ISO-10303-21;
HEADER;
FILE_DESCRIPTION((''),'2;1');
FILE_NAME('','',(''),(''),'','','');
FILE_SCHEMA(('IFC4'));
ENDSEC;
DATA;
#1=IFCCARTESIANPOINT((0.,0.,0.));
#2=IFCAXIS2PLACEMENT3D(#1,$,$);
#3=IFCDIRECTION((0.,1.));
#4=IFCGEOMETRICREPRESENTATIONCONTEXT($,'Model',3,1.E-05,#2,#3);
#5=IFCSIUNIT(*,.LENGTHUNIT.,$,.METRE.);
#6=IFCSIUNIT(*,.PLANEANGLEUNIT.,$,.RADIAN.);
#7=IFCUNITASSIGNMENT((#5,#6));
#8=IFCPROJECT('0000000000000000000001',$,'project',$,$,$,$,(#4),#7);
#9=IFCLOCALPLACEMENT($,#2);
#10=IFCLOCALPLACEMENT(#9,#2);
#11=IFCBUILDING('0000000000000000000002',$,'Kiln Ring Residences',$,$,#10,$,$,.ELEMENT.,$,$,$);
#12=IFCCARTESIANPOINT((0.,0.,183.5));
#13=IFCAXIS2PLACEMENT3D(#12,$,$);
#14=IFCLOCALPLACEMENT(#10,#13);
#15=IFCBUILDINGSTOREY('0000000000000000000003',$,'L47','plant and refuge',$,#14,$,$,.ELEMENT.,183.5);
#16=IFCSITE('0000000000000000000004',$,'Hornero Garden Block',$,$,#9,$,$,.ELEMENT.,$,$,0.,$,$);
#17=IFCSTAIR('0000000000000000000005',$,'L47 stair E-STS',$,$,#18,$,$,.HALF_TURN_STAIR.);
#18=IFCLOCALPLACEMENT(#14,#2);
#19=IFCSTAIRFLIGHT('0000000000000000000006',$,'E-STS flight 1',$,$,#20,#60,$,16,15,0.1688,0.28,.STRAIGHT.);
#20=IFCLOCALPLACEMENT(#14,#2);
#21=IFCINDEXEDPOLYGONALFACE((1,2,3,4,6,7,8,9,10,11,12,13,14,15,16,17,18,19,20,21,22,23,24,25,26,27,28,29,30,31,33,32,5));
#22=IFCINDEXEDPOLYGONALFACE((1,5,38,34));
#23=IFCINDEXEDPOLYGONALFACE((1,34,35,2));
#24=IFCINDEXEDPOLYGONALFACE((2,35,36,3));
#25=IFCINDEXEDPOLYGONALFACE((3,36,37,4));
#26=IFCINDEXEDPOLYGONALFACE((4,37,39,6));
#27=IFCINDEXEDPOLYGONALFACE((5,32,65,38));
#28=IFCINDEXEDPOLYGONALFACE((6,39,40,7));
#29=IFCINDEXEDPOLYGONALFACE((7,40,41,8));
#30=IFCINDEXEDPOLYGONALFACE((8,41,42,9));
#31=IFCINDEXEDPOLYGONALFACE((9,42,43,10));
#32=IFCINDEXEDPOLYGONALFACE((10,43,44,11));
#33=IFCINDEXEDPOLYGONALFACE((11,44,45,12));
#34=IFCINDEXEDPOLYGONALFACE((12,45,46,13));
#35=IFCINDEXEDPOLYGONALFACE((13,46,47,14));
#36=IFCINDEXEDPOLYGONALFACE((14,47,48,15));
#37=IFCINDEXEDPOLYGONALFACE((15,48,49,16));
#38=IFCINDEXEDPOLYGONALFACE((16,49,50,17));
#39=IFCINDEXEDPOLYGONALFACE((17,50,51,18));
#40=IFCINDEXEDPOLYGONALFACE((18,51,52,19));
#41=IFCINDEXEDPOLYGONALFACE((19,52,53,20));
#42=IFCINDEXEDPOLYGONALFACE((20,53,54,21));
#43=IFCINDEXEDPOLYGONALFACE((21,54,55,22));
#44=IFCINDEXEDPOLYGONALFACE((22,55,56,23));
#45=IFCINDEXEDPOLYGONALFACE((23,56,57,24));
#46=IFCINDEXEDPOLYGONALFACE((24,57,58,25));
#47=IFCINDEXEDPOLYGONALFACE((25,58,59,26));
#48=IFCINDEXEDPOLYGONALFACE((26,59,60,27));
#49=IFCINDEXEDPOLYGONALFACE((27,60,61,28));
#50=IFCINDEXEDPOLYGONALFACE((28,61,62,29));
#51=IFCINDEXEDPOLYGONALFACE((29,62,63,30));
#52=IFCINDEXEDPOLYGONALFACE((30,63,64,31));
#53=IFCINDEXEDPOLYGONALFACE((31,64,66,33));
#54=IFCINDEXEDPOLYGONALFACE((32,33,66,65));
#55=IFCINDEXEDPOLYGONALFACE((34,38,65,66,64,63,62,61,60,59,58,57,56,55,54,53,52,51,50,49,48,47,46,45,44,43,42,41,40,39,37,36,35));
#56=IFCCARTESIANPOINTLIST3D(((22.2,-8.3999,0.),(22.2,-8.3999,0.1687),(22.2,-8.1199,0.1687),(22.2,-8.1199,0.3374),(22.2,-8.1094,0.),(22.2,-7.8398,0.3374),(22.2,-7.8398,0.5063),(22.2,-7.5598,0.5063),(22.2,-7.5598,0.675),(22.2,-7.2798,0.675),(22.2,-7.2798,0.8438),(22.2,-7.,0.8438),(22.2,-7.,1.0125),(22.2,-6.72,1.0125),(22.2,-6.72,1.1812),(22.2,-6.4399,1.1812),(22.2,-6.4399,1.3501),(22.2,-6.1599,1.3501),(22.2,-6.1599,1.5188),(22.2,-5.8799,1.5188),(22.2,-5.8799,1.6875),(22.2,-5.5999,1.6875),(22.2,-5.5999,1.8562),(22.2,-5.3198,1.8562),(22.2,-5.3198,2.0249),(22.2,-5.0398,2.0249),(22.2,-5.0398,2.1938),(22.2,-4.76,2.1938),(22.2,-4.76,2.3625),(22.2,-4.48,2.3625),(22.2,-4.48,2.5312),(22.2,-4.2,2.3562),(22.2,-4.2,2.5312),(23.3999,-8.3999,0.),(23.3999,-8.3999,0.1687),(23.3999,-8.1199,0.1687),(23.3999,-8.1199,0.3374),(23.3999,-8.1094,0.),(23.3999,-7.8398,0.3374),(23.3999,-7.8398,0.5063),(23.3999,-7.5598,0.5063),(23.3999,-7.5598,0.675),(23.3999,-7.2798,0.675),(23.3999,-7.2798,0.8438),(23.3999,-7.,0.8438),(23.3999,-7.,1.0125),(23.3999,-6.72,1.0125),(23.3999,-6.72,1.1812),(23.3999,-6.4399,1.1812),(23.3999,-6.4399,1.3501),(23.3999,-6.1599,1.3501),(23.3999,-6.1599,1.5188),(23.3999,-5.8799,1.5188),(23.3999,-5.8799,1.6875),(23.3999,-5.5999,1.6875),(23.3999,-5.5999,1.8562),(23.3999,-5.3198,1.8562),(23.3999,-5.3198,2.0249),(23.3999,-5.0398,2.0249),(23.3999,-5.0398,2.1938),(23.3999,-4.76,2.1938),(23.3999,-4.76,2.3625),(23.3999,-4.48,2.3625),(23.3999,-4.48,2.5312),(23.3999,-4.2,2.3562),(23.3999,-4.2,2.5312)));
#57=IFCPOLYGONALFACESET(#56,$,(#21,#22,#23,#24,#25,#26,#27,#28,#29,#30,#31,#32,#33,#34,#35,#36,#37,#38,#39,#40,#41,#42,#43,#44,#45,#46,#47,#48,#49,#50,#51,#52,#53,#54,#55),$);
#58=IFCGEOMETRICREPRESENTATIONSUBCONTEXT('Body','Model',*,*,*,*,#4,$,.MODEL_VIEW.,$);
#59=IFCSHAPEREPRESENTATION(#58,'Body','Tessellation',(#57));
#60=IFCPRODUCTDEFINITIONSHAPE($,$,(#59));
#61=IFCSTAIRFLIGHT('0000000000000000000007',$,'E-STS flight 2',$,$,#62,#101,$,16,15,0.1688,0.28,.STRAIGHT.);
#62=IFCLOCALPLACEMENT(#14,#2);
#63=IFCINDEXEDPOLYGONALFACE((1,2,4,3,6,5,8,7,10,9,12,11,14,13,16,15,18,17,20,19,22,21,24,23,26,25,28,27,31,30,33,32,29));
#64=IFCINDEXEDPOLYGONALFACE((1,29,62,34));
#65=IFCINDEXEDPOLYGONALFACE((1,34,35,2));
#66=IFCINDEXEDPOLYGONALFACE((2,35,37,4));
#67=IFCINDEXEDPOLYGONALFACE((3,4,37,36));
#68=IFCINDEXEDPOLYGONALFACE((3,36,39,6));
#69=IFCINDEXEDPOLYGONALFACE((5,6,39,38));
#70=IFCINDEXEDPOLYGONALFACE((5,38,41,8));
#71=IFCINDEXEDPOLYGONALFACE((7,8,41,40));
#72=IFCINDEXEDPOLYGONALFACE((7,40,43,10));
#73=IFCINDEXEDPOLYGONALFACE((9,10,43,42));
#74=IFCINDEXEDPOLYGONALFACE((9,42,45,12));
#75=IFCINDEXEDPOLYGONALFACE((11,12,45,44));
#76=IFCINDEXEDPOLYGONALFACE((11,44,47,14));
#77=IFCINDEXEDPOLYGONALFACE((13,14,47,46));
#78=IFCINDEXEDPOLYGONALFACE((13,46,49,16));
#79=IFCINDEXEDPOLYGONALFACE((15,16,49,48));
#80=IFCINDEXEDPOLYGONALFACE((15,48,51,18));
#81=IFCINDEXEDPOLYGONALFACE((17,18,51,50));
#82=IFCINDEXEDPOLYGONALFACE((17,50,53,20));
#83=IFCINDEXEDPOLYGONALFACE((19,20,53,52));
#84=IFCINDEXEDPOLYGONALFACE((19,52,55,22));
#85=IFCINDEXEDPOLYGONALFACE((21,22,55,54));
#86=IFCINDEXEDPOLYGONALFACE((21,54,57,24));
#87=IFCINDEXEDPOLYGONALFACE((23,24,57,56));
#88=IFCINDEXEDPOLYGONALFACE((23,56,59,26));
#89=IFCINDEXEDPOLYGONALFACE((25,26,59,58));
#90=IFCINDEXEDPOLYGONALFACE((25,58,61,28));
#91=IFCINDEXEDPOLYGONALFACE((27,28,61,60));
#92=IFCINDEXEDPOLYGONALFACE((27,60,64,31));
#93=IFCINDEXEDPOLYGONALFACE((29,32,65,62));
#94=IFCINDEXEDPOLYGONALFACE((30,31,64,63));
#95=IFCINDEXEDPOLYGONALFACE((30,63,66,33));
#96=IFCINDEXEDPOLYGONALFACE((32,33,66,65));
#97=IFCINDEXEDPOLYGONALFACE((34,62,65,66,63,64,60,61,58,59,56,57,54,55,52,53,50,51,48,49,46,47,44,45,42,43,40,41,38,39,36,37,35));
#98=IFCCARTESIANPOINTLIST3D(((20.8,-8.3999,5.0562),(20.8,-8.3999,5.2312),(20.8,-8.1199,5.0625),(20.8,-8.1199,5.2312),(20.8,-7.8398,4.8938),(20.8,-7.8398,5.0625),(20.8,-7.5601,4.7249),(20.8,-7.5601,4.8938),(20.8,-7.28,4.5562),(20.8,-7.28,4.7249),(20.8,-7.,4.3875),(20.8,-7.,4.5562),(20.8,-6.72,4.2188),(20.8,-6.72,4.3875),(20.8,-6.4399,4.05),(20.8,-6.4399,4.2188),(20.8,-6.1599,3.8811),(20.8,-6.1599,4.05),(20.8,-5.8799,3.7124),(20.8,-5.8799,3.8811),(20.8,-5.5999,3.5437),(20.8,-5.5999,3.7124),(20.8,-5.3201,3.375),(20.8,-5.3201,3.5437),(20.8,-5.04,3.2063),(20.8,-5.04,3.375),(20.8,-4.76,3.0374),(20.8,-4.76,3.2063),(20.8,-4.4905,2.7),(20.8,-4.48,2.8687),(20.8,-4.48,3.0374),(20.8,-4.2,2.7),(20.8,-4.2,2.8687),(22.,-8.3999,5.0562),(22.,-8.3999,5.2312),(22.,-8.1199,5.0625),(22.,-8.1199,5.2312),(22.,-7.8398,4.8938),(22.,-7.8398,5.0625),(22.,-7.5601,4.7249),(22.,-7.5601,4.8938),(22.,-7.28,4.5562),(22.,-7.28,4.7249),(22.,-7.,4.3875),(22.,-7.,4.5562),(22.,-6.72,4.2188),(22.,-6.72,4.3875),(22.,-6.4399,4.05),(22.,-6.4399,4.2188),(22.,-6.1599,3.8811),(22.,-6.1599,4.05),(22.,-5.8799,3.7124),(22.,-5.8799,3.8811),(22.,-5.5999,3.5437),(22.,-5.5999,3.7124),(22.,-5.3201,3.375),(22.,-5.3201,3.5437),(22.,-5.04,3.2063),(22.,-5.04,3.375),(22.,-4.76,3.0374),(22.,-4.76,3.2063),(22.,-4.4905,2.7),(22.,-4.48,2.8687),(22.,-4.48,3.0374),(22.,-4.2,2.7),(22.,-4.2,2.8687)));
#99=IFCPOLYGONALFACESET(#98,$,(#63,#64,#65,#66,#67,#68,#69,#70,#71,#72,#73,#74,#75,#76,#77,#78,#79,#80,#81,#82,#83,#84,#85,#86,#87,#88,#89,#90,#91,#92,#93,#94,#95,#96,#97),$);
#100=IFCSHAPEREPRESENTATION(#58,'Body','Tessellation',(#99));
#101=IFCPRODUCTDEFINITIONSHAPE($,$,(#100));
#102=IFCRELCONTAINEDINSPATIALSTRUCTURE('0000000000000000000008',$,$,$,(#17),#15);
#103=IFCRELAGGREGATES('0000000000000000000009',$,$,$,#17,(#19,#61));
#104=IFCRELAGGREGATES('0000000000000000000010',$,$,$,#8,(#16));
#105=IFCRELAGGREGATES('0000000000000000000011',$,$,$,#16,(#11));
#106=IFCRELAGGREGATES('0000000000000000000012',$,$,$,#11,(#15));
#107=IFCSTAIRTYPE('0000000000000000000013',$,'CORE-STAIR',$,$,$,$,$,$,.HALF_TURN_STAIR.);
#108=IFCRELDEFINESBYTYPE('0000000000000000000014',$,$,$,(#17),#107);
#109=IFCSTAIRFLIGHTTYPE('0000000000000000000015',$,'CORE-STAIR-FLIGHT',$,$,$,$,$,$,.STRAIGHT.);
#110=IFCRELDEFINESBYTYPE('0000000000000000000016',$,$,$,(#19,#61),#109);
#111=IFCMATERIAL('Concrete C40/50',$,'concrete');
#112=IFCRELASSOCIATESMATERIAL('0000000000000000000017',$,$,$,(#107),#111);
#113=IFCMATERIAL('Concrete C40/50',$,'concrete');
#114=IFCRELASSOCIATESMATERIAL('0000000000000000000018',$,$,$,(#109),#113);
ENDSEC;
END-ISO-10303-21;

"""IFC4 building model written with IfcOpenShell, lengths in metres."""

from ifc_helpers import new_model, si_unit, direction, frame, origin, place, context, subcontext, project, spatial, polyline, outline, extrude, material, type_object, element, aggregate, save


model = new_model("IFC4")

# Units and contexts
model_context = context("Model", 3, precision=1e-05, world=origin(), true_north=direction((0.0, 1.0)))
body_context = subcontext(model_context, "Body", "Model", "MODEL_VIEW")
ifc_project = project(units=[si_unit("LENGTHUNIT", "METRE"), si_unit("PLANEANGLEUNIT", "RADIAN")], contexts=[model_context])

# Site, building, storey
site_placement = place(None, origin())
site = spatial("IfcSite", under=ifc_project, at=site_placement, Name="Hornero Garden Block", CompositionType="ELEMENT", RefElevation=0.0)
building_placement = place(site_placement, origin())
building = spatial("IfcBuilding", under=site, at=building_placement, Name="Kiln Ring Residences", CompositionType="ELEMENT")
storey_placement = place(building_placement, frame((0.0, 0.0, 183.5)))
storey = spatial("IfcBuildingStorey", under=building, at=storey_placement, Name="L47", Description="plant and refuge", CompositionType="ELEMENT", Elevation=183.5)

# Stair, stair flights
ifc_material_1 = material(Name="Concrete C40/50", Category="concrete")
stair_type = type_object("IfcStairType", Name="CORE-STAIR", PredefinedType="HALF_TURN_STAIR", material=ifc_material_1)
stair_placement = place(storey_placement, origin())
stair = element("IfcStair", 1, at=stair_placement, inside=storey, type_object=stair_type, Name="L47 stair E-STS", PredefinedType="HALF_TURN_STAIR")
ifc_material_2 = material(Name="Concrete C40/50", Category="concrete")
stair_flight_type = type_object("IfcStairFlightType", Name="CORE-STAIR-FLIGHT", PredefinedType="STRAIGHT", material=ifc_material_2)
stair_flight_1_placement = place(storey_placement, frame((22.8, -8.3999, 0.0), z_axis=(0.0, 0.0, 1.0), x_axis=(0.0, 1.0, 0.0)))
stair_flight_1 = element("IfcStairFlight", 2, at=stair_flight_1_placement, type_object=stair_flight_type, Name="E-STS flight 1", NumberOfRisers=16, NumberOfTreads=15, PredefinedType="STRAIGHT", RiserHeight=0.1688, TreadLength=0.28, context=body_context, shape_type="SweptSolid", body=[
    extrude(outline(polyline([(0.0, 0.0), (0.0, 0.1687), (0.28, 0.1687), (0.28, 0.3374), (0.5601, 0.3374), (0.5601, 0.5063), (0.8401, 0.5063), (0.8401, 0.675), (1.1201, 0.675), (1.1201, 0.8438), (1.3999, 0.8438), (1.3999, 1.0125), (1.6799, 1.0125), (1.6799, 1.1812), (1.96, 1.1812), (1.96, 1.3501), (2.24, 1.3501), (2.24, 1.5188), (2.52, 1.5188), (2.52, 1.6875), (2.8, 1.6875), (2.8, 1.8562), (3.0801, 1.8562), (3.0801, 2.0249), (3.3601, 2.0249), (3.3601, 2.1938), (3.6399, 2.1938), (3.6399, 2.3625), (3.9199, 2.3625), (3.9199, 2.5312), (4.2, 2.5312), (4.2, 2.7), (4.2, 2.3562), (0.2905, 0.0), (0.0, 0.0)])), frame((0.0, 0.6001, 0.0), z_axis=(0.0, -1.0, 0.0), x_axis=(1.0, 0.0, 0.0)), (0.0, 0.0, 1.0), 1.2),
])
stair_flight_2_placement = place(storey_placement, frame((21.3999, -4.2, 2.7), z_axis=(0.0, 0.0, 1.0), x_axis=(0.0, -1.0, 0.0)))
stair_flight_2 = element("IfcStairFlight", 3, at=stair_flight_2_placement, type_object=stair_flight_type, Name="E-STS flight 2", NumberOfRisers=16, NumberOfTreads=15, PredefinedType="STRAIGHT", RiserHeight=0.1688, TreadLength=0.28, context=body_context, shape_type="SweptSolid", body=[
    extrude(outline(polyline([(0.0, 0.0), (0.0, 0.1687), (0.28, 0.1687), (0.28, 0.3374), (0.5601, 0.3374), (0.5601, 0.5063), (0.8401, 0.5063), (0.8401, 0.675), (1.1201, 0.675), (1.1201, 0.8438), (1.3999, 0.8438), (1.3999, 1.0125), (1.6799, 1.0125), (1.6799, 1.1812), (1.96, 1.1812), (1.96, 1.3501), (2.24, 1.3501), (2.24, 1.5188), (2.52, 1.5188), (2.52, 1.6875), (2.8, 1.6875), (2.8, 1.8562), (3.0801, 1.8562), (3.0801, 2.0249), (3.3601, 2.0249), (3.3601, 2.1938), (3.6399, 2.1938), (3.6399, 2.3625), (3.9199, 2.3625), (3.9199, 2.5312), (4.2, 2.5312), (4.2, 2.7), (4.2, 2.3562), (0.2905, 0.0), (0.0, 0.0)])), frame((0.0, 0.6001, 0.0), z_axis=(0.0, -1.0, 0.0), x_axis=(1.0, 0.0, 0.0)), (0.0, 0.0, 1.0), 1.2),
])
aggregate(stair, [stair_flight_1, stair_flight_2])

save(model, "model.ifc")
